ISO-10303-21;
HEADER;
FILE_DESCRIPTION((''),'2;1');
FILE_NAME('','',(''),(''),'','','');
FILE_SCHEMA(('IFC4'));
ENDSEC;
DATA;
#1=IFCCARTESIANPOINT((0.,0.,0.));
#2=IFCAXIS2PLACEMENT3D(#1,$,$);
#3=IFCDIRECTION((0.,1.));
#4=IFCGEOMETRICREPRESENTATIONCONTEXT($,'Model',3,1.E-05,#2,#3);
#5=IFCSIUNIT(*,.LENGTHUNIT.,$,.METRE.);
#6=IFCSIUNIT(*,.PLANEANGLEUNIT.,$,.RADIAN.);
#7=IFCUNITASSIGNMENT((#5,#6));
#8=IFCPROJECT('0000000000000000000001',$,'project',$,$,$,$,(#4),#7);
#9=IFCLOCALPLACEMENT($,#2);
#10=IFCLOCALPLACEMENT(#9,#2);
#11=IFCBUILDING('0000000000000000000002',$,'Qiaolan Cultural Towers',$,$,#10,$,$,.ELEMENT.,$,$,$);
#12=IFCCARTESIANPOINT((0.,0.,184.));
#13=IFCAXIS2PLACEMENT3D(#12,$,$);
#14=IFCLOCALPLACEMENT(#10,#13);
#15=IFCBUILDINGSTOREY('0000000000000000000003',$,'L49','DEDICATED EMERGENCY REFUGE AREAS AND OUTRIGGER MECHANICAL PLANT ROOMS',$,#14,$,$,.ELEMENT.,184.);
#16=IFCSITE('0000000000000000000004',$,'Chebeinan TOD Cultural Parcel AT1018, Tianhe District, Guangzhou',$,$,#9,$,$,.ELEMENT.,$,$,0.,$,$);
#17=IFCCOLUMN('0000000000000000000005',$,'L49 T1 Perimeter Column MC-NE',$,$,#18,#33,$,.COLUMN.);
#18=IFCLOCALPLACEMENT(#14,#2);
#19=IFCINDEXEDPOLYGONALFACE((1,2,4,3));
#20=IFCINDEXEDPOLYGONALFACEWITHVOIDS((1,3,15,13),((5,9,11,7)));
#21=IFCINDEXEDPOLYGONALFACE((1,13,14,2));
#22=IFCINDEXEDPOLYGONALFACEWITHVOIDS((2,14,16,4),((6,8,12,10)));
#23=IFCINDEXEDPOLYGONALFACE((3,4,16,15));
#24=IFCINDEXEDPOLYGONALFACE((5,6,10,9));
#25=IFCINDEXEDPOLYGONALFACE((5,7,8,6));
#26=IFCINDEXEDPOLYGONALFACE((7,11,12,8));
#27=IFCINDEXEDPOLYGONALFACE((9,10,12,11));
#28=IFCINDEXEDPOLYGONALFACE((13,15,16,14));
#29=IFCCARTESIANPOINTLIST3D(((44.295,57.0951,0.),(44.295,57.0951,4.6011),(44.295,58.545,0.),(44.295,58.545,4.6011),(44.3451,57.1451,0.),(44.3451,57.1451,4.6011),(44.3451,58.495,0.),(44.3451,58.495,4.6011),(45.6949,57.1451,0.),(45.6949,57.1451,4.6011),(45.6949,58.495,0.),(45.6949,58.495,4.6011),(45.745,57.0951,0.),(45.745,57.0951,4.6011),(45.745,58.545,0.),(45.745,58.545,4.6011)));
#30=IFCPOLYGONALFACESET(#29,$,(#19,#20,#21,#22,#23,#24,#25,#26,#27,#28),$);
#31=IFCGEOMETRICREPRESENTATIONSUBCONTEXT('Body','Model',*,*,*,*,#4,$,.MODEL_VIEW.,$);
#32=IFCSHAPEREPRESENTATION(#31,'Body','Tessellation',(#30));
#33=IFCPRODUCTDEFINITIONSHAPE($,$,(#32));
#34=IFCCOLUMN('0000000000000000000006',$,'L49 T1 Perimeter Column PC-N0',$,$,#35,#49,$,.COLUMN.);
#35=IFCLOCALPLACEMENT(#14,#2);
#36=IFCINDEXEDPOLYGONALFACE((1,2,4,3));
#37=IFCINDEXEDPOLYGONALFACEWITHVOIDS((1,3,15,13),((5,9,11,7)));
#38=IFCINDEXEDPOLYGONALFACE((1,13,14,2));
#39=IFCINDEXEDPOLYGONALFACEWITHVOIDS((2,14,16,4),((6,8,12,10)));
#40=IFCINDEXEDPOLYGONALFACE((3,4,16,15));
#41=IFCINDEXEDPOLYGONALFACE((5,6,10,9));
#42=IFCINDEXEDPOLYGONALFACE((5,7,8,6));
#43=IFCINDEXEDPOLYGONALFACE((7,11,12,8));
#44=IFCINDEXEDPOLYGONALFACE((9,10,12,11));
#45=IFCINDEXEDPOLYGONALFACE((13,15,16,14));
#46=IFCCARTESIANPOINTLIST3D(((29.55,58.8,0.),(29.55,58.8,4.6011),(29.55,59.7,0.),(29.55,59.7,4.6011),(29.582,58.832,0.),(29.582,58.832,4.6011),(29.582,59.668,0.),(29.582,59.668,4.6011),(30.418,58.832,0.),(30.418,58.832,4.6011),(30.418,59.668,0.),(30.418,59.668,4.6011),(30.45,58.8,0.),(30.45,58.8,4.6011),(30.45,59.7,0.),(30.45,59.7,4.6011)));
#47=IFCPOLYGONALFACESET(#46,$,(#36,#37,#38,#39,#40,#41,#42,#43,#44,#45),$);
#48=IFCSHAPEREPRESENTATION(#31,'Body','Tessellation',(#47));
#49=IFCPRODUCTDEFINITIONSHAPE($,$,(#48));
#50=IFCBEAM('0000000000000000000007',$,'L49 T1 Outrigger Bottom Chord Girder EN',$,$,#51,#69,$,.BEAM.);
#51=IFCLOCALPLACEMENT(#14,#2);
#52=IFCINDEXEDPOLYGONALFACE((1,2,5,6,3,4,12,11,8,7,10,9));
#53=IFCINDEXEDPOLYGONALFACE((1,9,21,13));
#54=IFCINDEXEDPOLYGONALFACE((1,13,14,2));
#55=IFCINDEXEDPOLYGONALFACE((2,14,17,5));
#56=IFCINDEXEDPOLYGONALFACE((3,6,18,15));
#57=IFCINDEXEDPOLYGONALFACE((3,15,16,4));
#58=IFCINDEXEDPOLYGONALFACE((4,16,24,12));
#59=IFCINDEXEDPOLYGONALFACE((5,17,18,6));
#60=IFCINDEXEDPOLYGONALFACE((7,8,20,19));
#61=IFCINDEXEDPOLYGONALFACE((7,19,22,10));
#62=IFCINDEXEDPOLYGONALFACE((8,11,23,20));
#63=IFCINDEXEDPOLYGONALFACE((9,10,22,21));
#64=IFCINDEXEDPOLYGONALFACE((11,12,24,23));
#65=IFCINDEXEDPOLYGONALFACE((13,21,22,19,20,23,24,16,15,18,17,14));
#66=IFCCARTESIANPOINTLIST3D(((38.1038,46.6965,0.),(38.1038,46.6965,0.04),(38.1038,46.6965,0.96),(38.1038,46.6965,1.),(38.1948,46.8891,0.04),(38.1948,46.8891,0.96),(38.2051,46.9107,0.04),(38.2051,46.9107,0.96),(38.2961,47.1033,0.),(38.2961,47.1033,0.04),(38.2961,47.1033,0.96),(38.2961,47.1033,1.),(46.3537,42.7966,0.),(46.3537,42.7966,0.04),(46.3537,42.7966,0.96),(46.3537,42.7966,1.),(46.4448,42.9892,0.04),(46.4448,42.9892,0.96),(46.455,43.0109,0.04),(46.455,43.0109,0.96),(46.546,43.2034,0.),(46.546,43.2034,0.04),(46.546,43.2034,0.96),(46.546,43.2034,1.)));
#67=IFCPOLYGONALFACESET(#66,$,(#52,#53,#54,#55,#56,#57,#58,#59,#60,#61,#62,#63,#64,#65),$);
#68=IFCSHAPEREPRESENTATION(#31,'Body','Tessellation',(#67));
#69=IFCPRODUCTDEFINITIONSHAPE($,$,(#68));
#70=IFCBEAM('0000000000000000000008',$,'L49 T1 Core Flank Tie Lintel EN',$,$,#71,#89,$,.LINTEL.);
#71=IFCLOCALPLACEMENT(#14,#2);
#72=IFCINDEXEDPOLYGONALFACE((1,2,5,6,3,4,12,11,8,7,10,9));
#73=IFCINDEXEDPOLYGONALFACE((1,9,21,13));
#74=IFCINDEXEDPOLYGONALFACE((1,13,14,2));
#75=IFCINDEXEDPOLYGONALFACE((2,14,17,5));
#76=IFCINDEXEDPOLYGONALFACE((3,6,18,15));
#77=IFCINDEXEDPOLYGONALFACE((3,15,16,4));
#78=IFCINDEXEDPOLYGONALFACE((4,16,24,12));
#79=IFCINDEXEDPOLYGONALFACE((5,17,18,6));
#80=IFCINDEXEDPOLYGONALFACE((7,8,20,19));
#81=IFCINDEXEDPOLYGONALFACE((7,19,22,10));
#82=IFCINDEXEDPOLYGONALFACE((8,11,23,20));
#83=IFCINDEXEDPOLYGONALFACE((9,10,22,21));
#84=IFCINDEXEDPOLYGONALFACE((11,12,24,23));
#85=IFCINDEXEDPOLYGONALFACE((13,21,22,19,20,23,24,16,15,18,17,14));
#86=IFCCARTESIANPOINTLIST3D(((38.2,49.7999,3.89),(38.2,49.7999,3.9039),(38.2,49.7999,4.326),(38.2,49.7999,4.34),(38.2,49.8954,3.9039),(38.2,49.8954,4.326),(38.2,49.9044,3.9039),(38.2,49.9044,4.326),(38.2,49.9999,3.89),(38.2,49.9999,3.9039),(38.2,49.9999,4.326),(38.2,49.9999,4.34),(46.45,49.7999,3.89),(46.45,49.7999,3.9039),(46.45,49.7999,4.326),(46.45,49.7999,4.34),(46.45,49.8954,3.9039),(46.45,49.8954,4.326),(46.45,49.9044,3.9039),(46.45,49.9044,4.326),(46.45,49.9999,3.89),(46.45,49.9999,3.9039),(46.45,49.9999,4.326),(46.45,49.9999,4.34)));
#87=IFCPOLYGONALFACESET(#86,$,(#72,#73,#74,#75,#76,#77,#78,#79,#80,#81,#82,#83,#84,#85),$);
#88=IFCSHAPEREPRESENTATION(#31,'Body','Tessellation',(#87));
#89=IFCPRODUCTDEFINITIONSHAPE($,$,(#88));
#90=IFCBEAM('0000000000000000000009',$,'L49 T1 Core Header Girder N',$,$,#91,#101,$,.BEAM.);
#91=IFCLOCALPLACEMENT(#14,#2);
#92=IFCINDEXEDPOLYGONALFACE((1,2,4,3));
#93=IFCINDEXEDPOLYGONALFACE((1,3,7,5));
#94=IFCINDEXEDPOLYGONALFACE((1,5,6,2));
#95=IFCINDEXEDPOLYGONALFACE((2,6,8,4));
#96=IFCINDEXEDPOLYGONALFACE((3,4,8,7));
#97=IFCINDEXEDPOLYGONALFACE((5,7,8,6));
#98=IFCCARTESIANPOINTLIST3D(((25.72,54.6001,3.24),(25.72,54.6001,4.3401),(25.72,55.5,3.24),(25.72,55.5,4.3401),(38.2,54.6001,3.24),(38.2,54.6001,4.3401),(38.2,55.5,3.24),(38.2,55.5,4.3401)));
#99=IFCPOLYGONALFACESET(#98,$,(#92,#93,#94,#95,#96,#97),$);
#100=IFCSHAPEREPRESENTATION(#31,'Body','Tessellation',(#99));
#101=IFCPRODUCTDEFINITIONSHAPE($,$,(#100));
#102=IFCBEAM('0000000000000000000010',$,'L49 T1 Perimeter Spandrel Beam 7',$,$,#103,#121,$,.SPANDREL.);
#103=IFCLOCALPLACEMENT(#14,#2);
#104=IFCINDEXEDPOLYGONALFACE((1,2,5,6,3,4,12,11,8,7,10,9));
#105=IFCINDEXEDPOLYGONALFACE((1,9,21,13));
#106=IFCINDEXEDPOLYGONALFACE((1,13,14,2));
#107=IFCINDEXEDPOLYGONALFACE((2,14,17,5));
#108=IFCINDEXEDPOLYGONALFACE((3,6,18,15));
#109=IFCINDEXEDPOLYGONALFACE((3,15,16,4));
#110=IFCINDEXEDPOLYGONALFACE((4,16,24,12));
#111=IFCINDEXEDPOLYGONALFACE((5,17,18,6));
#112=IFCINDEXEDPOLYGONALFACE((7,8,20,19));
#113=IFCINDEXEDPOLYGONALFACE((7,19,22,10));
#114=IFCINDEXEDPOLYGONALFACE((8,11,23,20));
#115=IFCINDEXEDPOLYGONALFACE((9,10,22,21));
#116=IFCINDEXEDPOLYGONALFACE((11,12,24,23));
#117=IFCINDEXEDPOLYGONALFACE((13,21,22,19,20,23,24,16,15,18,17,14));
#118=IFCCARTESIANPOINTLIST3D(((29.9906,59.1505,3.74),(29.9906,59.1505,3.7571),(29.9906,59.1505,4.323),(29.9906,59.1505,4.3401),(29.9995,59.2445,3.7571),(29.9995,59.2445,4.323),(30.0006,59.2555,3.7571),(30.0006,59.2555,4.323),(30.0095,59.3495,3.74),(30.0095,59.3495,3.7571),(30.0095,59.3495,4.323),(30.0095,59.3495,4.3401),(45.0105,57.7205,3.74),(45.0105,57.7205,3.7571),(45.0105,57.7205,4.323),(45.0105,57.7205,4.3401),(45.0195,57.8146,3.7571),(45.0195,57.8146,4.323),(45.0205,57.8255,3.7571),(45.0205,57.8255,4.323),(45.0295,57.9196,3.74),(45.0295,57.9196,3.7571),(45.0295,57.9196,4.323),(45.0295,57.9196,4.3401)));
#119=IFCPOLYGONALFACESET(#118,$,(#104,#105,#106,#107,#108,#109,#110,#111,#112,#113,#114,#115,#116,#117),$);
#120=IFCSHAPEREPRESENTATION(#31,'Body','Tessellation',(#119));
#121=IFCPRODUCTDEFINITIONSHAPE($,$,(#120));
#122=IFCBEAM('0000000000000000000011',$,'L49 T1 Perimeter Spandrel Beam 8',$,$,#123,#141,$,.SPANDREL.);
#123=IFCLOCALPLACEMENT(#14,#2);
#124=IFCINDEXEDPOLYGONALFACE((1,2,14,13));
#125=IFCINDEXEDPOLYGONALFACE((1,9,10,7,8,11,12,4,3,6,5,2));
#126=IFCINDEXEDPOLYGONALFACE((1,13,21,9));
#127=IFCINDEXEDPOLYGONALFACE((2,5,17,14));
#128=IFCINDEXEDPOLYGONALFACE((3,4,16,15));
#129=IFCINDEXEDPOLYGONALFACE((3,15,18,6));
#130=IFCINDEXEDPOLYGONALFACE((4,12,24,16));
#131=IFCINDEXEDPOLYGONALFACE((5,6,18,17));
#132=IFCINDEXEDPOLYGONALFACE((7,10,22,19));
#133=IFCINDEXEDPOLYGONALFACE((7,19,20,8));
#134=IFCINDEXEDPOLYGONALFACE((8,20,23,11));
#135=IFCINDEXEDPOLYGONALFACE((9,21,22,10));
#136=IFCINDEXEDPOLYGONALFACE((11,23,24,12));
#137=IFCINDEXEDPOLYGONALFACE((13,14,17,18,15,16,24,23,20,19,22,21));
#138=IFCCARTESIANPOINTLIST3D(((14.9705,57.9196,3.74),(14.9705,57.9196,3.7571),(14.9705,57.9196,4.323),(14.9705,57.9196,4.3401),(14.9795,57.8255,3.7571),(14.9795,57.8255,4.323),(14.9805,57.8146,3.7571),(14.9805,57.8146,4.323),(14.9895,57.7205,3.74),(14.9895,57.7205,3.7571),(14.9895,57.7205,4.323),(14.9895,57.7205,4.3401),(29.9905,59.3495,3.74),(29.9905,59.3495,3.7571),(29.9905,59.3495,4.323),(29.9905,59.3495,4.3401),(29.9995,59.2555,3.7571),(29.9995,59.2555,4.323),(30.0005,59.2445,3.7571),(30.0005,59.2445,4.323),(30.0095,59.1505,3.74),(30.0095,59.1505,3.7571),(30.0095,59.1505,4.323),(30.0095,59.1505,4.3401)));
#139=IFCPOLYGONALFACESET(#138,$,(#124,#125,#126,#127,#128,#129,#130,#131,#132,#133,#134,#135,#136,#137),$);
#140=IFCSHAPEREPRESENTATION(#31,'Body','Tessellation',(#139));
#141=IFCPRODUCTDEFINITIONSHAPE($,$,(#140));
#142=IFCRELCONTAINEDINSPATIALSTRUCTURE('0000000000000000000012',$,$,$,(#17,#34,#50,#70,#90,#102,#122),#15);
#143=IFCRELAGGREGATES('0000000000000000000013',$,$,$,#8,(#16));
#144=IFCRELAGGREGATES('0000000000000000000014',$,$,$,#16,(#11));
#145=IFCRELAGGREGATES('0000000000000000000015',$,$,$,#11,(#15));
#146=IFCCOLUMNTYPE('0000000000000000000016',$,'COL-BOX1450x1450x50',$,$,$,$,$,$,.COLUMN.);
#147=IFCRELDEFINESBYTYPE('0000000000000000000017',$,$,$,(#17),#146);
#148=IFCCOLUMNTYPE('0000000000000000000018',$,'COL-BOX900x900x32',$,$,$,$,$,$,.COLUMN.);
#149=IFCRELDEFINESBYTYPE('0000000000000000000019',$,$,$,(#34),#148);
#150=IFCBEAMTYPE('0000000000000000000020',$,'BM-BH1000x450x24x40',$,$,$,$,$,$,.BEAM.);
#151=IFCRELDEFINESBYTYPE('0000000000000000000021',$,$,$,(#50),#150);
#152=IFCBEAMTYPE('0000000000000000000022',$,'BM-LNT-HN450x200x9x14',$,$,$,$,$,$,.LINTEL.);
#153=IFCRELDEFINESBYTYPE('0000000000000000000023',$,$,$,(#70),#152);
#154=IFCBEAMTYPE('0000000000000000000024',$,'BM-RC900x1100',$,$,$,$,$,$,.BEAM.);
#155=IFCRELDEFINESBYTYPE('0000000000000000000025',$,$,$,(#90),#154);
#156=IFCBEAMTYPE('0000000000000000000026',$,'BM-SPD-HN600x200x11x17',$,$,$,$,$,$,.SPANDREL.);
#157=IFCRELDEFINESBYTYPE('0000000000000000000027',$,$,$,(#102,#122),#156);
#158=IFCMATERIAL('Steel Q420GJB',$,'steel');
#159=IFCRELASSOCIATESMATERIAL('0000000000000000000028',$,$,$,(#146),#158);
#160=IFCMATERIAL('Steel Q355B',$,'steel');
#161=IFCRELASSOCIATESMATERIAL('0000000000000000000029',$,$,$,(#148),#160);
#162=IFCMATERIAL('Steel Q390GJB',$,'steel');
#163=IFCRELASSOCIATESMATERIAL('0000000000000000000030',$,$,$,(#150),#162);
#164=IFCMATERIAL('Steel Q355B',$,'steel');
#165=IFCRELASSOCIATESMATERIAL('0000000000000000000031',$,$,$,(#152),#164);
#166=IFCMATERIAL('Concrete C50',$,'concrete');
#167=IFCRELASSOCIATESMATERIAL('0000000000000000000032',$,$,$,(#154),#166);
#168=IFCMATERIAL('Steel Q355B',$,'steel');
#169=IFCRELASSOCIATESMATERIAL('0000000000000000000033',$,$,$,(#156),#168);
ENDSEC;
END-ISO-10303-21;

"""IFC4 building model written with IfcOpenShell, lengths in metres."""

from ifc_helpers import new_model, si_unit, direction, frame, origin, origin_2d, place, context, subcontext, project, spatial, rectangle, hollow_rectangle, i_section, extrude, material, material_profile, profile_set, type_object, element, save


model = new_model("IFC4")

# Units and contexts
model_context = context("Model", 3, precision=1e-05, world=origin(), true_north=direction((0.0, 1.0)))
body_context = subcontext(model_context, "Body", "Model", "MODEL_VIEW")
ifc_project = project(units=[si_unit("LENGTHUNIT", "METRE"), si_unit("PLANEANGLEUNIT", "RADIAN")], contexts=[model_context])

# Site, building, storey
site_placement = place(None, origin())
site = spatial("IfcSite", under=ifc_project, at=site_placement, Name="Chebeinan TOD Cultural Parcel AT1018, Tianhe District, Guangzhou", CompositionType="ELEMENT", RefElevation=0.0)
building_placement = place(site_placement, origin())
building = spatial("IfcBuilding", under=site, at=building_placement, Name="Qiaolan Cultural Towers", CompositionType="ELEMENT")
storey_placement = place(building_placement, frame((0.0, 0.0, 184.0)))
storey = spatial("IfcBuildingStorey", under=building, at=storey_placement, Name="L49", Description="DEDICATED EMERGENCY REFUGE AREAS AND OUTRIGGER MECHANICAL PLANT ROOMS", CompositionType="ELEMENT", Elevation=184.0)

# Columns
ifc_material_1 = material(Name="Steel Q420GJB", Category="steel")
ifc_material_profile_1 = material_profile(ifc_material_1, hollow_rectangle(XDim=1.45, YDim=1.45, WallThickness=0.05, at=origin_2d()), Name="BOX1450x1450x50")
ifc_profile_set_1 = profile_set([ifc_material_profile_1], Name="Steel Q420GJB")
column_type_1 = type_object("IfcColumnType", Name="COL-BOX1450x1450x50", PredefinedType="COLUMN", material=ifc_profile_set_1)
column_1_placement = place(storey_placement, frame((45.02, 57.8201, 0.0), z_axis=(0.0, 0.0, 1.0), x_axis=(1.0, 0.0, 0.0)))
element("IfcColumn", 1, at=column_1_placement, inside=storey, type_object=column_type_1, Name="L49 T1 Perimeter Column MC-NE", PredefinedType="COLUMN", context=body_context, shape_type="SweptSolid", body=[
    extrude(hollow_rectangle(XDim=1.45, YDim=1.45, WallThickness=0.05, at=origin_2d()), origin(), (0.0, 0.0, 1.0), 4.6011),
])
ifc_material_2 = material(Name="Steel Q355B", Category="steel")
ifc_material_profile_2 = material_profile(ifc_material_2, hollow_rectangle(XDim=0.8999, YDim=0.8999, WallThickness=0.032, at=origin_2d()), Name="BOX900x900x32")
ifc_profile_set_2 = profile_set([ifc_material_profile_2], Name="Steel Q355B")
column_type_2 = type_object("IfcColumnType", Name="COL-BOX900x900x32", PredefinedType="COLUMN", material=ifc_profile_set_2)
column_2_placement = place(storey_placement, frame((30.0, 59.25, 0.0), z_axis=(0.0, 0.0, 1.0), x_axis=(1.0, 0.0, 0.0)))
element("IfcColumn", 2, at=column_2_placement, inside=storey, type_object=column_type_2, Name="L49 T1 Perimeter Column PC-N0", PredefinedType="COLUMN", context=body_context, shape_type="SweptSolid", body=[
    extrude(hollow_rectangle(XDim=0.8999, YDim=0.8999, WallThickness=0.032, at=origin_2d()), origin(), (0.0, 0.0, 1.0), 4.6011),
])

# Beams
ifc_material_3 = material(Name="Steel Q390GJB", Category="steel")
ifc_material_profile_3 = material_profile(ifc_material_3, i_section(OverallWidth=0.45, OverallDepth=1.0, WebThickness=0.0239, FlangeThickness=0.04, at=origin_2d()), Name="BH1000x450x24x40")
ifc_profile_set_3 = profile_set([ifc_material_profile_3], Name="Steel Q390GJB")
beam_type_1 = type_object("IfcBeamType", Name="BM-BH1000x450x24x40", PredefinedType="BEAM", material=ifc_profile_set_3)
beam_1_placement = place(storey_placement, frame((38.2, 46.8999, 0.5), z_axis=(0.904076, -0.427371, 0.0), x_axis=(0.427371, 0.904076, 0.0)))
element("IfcBeam", 3, at=beam_1_placement, inside=storey, type_object=beam_type_1, Name="L49 T1 Outrigger Bottom Chord Girder EN", PredefinedType="BEAM", context=body_context, shape_type="SweptSolid", body=[
    extrude(i_section(OverallWidth=0.45, OverallDepth=1.0, WebThickness=0.0239, FlangeThickness=0.04, at=origin_2d()), origin(), (0.0, 0.0, 1.0), 9.1252),
])
ifc_material_4 = material(Name="Steel Q355B", Category="steel")
ifc_material_profile_4 = material_profile(ifc_material_4, i_section(OverallWidth=0.2, OverallDepth=0.45, WebThickness=0.009, FlangeThickness=0.0139, at=origin_2d()), Name="HN450x200x9x14")
ifc_profile_set_4 = profile_set([ifc_material_profile_4], Name="Steel Q355B")
beam_type_2 = type_object("IfcBeamType", Name="BM-LNT-HN450x200x9x14", PredefinedType="LINTEL", material=ifc_profile_set_4)
beam_2_placement = place(storey_placement, frame((38.2, 49.8999, 4.115), z_axis=(1.0, 0.0, 0.0), x_axis=(0.0, 1.0, 0.0)))
element("IfcBeam", 4, at=beam_2_placement, inside=storey, type_object=beam_type_2, Name="L49 T1 Core Flank Tie Lintel EN", PredefinedType="LINTEL", context=body_context, shape_type="SweptSolid", body=[
    extrude(i_section(OverallWidth=0.2, OverallDepth=0.45, WebThickness=0.009, FlangeThickness=0.0139, at=origin_2d()), origin(), (0.0, 0.0, 1.0), 8.25),
])
ifc_material_5 = material(Name="Concrete C50", Category="concrete")
ifc_material_profile_5 = material_profile(ifc_material_5, rectangle(XDim=0.8999, YDim=1.1001, at=origin_2d()), Name="RC900x1100")
ifc_profile_set_5 = profile_set([ifc_material_profile_5], Name="Concrete C50")
beam_type_3 = type_object("IfcBeamType", Name="BM-RC900x1100", PredefinedType="BEAM", material=ifc_profile_set_5)
beam_3_placement = place(storey_placement, frame((25.72, 55.05, 3.79), z_axis=(1.0, 0.0, 0.0), x_axis=(0.0, 1.0, 0.0)))
element("IfcBeam", 5, at=beam_3_placement, inside=storey, type_object=beam_type_3, Name="L49 T1 Core Header Girder N", PredefinedType="BEAM", context=body_context, shape_type="SweptSolid", body=[
    extrude(rectangle(XDim=0.8999, YDim=1.1001, at=origin_2d()), origin(), (0.0, 0.0, 1.0), 12.48),
])
ifc_material_6 = material(Name="Steel Q355B", Category="steel")
ifc_material_profile_6 = material_profile(ifc_material_6, i_section(OverallWidth=0.2, OverallDepth=0.6001, WebThickness=0.011, FlangeThickness=0.0171, at=origin_2d()), Name="HN600x200x11x17")
ifc_profile_set_6 = profile_set([ifc_material_profile_6], Name="Steel Q355B")
beam_type_4 = type_object("IfcBeamType", Name="BM-SPD-HN600x200x11x17", PredefinedType="SPANDREL", material=ifc_profile_set_6)
for number, where, z_axis, x_axis, name in (
    (6, (45.02, 57.8201, 4.04), (-0.995499, 0.094773, 0.0), (-0.094773, -0.995499, 0.0), "L49 T1 Perimeter Spandrel Beam 7"),
    (7, (30.0, 59.25, 4.04), (-0.995499, -0.094773, 0.0), (0.094773, -0.995499, 0.0), "L49 T1 Perimeter Spandrel Beam 8"),
):
    element("IfcBeam", number, at=place(storey_placement, frame(where, z_axis=z_axis, x_axis=x_axis)), inside=storey, type_object=beam_type_4, Name=name, PredefinedType="SPANDREL", context=body_context, shape_type="SweptSolid", body=[
        extrude(i_section(OverallWidth=0.2, OverallDepth=0.6001, WebThickness=0.011, FlangeThickness=0.0171, at=origin_2d()), origin(), (0.0, 0.0, 1.0), 15.0879),
    ])

save(model, "model.ifc")
